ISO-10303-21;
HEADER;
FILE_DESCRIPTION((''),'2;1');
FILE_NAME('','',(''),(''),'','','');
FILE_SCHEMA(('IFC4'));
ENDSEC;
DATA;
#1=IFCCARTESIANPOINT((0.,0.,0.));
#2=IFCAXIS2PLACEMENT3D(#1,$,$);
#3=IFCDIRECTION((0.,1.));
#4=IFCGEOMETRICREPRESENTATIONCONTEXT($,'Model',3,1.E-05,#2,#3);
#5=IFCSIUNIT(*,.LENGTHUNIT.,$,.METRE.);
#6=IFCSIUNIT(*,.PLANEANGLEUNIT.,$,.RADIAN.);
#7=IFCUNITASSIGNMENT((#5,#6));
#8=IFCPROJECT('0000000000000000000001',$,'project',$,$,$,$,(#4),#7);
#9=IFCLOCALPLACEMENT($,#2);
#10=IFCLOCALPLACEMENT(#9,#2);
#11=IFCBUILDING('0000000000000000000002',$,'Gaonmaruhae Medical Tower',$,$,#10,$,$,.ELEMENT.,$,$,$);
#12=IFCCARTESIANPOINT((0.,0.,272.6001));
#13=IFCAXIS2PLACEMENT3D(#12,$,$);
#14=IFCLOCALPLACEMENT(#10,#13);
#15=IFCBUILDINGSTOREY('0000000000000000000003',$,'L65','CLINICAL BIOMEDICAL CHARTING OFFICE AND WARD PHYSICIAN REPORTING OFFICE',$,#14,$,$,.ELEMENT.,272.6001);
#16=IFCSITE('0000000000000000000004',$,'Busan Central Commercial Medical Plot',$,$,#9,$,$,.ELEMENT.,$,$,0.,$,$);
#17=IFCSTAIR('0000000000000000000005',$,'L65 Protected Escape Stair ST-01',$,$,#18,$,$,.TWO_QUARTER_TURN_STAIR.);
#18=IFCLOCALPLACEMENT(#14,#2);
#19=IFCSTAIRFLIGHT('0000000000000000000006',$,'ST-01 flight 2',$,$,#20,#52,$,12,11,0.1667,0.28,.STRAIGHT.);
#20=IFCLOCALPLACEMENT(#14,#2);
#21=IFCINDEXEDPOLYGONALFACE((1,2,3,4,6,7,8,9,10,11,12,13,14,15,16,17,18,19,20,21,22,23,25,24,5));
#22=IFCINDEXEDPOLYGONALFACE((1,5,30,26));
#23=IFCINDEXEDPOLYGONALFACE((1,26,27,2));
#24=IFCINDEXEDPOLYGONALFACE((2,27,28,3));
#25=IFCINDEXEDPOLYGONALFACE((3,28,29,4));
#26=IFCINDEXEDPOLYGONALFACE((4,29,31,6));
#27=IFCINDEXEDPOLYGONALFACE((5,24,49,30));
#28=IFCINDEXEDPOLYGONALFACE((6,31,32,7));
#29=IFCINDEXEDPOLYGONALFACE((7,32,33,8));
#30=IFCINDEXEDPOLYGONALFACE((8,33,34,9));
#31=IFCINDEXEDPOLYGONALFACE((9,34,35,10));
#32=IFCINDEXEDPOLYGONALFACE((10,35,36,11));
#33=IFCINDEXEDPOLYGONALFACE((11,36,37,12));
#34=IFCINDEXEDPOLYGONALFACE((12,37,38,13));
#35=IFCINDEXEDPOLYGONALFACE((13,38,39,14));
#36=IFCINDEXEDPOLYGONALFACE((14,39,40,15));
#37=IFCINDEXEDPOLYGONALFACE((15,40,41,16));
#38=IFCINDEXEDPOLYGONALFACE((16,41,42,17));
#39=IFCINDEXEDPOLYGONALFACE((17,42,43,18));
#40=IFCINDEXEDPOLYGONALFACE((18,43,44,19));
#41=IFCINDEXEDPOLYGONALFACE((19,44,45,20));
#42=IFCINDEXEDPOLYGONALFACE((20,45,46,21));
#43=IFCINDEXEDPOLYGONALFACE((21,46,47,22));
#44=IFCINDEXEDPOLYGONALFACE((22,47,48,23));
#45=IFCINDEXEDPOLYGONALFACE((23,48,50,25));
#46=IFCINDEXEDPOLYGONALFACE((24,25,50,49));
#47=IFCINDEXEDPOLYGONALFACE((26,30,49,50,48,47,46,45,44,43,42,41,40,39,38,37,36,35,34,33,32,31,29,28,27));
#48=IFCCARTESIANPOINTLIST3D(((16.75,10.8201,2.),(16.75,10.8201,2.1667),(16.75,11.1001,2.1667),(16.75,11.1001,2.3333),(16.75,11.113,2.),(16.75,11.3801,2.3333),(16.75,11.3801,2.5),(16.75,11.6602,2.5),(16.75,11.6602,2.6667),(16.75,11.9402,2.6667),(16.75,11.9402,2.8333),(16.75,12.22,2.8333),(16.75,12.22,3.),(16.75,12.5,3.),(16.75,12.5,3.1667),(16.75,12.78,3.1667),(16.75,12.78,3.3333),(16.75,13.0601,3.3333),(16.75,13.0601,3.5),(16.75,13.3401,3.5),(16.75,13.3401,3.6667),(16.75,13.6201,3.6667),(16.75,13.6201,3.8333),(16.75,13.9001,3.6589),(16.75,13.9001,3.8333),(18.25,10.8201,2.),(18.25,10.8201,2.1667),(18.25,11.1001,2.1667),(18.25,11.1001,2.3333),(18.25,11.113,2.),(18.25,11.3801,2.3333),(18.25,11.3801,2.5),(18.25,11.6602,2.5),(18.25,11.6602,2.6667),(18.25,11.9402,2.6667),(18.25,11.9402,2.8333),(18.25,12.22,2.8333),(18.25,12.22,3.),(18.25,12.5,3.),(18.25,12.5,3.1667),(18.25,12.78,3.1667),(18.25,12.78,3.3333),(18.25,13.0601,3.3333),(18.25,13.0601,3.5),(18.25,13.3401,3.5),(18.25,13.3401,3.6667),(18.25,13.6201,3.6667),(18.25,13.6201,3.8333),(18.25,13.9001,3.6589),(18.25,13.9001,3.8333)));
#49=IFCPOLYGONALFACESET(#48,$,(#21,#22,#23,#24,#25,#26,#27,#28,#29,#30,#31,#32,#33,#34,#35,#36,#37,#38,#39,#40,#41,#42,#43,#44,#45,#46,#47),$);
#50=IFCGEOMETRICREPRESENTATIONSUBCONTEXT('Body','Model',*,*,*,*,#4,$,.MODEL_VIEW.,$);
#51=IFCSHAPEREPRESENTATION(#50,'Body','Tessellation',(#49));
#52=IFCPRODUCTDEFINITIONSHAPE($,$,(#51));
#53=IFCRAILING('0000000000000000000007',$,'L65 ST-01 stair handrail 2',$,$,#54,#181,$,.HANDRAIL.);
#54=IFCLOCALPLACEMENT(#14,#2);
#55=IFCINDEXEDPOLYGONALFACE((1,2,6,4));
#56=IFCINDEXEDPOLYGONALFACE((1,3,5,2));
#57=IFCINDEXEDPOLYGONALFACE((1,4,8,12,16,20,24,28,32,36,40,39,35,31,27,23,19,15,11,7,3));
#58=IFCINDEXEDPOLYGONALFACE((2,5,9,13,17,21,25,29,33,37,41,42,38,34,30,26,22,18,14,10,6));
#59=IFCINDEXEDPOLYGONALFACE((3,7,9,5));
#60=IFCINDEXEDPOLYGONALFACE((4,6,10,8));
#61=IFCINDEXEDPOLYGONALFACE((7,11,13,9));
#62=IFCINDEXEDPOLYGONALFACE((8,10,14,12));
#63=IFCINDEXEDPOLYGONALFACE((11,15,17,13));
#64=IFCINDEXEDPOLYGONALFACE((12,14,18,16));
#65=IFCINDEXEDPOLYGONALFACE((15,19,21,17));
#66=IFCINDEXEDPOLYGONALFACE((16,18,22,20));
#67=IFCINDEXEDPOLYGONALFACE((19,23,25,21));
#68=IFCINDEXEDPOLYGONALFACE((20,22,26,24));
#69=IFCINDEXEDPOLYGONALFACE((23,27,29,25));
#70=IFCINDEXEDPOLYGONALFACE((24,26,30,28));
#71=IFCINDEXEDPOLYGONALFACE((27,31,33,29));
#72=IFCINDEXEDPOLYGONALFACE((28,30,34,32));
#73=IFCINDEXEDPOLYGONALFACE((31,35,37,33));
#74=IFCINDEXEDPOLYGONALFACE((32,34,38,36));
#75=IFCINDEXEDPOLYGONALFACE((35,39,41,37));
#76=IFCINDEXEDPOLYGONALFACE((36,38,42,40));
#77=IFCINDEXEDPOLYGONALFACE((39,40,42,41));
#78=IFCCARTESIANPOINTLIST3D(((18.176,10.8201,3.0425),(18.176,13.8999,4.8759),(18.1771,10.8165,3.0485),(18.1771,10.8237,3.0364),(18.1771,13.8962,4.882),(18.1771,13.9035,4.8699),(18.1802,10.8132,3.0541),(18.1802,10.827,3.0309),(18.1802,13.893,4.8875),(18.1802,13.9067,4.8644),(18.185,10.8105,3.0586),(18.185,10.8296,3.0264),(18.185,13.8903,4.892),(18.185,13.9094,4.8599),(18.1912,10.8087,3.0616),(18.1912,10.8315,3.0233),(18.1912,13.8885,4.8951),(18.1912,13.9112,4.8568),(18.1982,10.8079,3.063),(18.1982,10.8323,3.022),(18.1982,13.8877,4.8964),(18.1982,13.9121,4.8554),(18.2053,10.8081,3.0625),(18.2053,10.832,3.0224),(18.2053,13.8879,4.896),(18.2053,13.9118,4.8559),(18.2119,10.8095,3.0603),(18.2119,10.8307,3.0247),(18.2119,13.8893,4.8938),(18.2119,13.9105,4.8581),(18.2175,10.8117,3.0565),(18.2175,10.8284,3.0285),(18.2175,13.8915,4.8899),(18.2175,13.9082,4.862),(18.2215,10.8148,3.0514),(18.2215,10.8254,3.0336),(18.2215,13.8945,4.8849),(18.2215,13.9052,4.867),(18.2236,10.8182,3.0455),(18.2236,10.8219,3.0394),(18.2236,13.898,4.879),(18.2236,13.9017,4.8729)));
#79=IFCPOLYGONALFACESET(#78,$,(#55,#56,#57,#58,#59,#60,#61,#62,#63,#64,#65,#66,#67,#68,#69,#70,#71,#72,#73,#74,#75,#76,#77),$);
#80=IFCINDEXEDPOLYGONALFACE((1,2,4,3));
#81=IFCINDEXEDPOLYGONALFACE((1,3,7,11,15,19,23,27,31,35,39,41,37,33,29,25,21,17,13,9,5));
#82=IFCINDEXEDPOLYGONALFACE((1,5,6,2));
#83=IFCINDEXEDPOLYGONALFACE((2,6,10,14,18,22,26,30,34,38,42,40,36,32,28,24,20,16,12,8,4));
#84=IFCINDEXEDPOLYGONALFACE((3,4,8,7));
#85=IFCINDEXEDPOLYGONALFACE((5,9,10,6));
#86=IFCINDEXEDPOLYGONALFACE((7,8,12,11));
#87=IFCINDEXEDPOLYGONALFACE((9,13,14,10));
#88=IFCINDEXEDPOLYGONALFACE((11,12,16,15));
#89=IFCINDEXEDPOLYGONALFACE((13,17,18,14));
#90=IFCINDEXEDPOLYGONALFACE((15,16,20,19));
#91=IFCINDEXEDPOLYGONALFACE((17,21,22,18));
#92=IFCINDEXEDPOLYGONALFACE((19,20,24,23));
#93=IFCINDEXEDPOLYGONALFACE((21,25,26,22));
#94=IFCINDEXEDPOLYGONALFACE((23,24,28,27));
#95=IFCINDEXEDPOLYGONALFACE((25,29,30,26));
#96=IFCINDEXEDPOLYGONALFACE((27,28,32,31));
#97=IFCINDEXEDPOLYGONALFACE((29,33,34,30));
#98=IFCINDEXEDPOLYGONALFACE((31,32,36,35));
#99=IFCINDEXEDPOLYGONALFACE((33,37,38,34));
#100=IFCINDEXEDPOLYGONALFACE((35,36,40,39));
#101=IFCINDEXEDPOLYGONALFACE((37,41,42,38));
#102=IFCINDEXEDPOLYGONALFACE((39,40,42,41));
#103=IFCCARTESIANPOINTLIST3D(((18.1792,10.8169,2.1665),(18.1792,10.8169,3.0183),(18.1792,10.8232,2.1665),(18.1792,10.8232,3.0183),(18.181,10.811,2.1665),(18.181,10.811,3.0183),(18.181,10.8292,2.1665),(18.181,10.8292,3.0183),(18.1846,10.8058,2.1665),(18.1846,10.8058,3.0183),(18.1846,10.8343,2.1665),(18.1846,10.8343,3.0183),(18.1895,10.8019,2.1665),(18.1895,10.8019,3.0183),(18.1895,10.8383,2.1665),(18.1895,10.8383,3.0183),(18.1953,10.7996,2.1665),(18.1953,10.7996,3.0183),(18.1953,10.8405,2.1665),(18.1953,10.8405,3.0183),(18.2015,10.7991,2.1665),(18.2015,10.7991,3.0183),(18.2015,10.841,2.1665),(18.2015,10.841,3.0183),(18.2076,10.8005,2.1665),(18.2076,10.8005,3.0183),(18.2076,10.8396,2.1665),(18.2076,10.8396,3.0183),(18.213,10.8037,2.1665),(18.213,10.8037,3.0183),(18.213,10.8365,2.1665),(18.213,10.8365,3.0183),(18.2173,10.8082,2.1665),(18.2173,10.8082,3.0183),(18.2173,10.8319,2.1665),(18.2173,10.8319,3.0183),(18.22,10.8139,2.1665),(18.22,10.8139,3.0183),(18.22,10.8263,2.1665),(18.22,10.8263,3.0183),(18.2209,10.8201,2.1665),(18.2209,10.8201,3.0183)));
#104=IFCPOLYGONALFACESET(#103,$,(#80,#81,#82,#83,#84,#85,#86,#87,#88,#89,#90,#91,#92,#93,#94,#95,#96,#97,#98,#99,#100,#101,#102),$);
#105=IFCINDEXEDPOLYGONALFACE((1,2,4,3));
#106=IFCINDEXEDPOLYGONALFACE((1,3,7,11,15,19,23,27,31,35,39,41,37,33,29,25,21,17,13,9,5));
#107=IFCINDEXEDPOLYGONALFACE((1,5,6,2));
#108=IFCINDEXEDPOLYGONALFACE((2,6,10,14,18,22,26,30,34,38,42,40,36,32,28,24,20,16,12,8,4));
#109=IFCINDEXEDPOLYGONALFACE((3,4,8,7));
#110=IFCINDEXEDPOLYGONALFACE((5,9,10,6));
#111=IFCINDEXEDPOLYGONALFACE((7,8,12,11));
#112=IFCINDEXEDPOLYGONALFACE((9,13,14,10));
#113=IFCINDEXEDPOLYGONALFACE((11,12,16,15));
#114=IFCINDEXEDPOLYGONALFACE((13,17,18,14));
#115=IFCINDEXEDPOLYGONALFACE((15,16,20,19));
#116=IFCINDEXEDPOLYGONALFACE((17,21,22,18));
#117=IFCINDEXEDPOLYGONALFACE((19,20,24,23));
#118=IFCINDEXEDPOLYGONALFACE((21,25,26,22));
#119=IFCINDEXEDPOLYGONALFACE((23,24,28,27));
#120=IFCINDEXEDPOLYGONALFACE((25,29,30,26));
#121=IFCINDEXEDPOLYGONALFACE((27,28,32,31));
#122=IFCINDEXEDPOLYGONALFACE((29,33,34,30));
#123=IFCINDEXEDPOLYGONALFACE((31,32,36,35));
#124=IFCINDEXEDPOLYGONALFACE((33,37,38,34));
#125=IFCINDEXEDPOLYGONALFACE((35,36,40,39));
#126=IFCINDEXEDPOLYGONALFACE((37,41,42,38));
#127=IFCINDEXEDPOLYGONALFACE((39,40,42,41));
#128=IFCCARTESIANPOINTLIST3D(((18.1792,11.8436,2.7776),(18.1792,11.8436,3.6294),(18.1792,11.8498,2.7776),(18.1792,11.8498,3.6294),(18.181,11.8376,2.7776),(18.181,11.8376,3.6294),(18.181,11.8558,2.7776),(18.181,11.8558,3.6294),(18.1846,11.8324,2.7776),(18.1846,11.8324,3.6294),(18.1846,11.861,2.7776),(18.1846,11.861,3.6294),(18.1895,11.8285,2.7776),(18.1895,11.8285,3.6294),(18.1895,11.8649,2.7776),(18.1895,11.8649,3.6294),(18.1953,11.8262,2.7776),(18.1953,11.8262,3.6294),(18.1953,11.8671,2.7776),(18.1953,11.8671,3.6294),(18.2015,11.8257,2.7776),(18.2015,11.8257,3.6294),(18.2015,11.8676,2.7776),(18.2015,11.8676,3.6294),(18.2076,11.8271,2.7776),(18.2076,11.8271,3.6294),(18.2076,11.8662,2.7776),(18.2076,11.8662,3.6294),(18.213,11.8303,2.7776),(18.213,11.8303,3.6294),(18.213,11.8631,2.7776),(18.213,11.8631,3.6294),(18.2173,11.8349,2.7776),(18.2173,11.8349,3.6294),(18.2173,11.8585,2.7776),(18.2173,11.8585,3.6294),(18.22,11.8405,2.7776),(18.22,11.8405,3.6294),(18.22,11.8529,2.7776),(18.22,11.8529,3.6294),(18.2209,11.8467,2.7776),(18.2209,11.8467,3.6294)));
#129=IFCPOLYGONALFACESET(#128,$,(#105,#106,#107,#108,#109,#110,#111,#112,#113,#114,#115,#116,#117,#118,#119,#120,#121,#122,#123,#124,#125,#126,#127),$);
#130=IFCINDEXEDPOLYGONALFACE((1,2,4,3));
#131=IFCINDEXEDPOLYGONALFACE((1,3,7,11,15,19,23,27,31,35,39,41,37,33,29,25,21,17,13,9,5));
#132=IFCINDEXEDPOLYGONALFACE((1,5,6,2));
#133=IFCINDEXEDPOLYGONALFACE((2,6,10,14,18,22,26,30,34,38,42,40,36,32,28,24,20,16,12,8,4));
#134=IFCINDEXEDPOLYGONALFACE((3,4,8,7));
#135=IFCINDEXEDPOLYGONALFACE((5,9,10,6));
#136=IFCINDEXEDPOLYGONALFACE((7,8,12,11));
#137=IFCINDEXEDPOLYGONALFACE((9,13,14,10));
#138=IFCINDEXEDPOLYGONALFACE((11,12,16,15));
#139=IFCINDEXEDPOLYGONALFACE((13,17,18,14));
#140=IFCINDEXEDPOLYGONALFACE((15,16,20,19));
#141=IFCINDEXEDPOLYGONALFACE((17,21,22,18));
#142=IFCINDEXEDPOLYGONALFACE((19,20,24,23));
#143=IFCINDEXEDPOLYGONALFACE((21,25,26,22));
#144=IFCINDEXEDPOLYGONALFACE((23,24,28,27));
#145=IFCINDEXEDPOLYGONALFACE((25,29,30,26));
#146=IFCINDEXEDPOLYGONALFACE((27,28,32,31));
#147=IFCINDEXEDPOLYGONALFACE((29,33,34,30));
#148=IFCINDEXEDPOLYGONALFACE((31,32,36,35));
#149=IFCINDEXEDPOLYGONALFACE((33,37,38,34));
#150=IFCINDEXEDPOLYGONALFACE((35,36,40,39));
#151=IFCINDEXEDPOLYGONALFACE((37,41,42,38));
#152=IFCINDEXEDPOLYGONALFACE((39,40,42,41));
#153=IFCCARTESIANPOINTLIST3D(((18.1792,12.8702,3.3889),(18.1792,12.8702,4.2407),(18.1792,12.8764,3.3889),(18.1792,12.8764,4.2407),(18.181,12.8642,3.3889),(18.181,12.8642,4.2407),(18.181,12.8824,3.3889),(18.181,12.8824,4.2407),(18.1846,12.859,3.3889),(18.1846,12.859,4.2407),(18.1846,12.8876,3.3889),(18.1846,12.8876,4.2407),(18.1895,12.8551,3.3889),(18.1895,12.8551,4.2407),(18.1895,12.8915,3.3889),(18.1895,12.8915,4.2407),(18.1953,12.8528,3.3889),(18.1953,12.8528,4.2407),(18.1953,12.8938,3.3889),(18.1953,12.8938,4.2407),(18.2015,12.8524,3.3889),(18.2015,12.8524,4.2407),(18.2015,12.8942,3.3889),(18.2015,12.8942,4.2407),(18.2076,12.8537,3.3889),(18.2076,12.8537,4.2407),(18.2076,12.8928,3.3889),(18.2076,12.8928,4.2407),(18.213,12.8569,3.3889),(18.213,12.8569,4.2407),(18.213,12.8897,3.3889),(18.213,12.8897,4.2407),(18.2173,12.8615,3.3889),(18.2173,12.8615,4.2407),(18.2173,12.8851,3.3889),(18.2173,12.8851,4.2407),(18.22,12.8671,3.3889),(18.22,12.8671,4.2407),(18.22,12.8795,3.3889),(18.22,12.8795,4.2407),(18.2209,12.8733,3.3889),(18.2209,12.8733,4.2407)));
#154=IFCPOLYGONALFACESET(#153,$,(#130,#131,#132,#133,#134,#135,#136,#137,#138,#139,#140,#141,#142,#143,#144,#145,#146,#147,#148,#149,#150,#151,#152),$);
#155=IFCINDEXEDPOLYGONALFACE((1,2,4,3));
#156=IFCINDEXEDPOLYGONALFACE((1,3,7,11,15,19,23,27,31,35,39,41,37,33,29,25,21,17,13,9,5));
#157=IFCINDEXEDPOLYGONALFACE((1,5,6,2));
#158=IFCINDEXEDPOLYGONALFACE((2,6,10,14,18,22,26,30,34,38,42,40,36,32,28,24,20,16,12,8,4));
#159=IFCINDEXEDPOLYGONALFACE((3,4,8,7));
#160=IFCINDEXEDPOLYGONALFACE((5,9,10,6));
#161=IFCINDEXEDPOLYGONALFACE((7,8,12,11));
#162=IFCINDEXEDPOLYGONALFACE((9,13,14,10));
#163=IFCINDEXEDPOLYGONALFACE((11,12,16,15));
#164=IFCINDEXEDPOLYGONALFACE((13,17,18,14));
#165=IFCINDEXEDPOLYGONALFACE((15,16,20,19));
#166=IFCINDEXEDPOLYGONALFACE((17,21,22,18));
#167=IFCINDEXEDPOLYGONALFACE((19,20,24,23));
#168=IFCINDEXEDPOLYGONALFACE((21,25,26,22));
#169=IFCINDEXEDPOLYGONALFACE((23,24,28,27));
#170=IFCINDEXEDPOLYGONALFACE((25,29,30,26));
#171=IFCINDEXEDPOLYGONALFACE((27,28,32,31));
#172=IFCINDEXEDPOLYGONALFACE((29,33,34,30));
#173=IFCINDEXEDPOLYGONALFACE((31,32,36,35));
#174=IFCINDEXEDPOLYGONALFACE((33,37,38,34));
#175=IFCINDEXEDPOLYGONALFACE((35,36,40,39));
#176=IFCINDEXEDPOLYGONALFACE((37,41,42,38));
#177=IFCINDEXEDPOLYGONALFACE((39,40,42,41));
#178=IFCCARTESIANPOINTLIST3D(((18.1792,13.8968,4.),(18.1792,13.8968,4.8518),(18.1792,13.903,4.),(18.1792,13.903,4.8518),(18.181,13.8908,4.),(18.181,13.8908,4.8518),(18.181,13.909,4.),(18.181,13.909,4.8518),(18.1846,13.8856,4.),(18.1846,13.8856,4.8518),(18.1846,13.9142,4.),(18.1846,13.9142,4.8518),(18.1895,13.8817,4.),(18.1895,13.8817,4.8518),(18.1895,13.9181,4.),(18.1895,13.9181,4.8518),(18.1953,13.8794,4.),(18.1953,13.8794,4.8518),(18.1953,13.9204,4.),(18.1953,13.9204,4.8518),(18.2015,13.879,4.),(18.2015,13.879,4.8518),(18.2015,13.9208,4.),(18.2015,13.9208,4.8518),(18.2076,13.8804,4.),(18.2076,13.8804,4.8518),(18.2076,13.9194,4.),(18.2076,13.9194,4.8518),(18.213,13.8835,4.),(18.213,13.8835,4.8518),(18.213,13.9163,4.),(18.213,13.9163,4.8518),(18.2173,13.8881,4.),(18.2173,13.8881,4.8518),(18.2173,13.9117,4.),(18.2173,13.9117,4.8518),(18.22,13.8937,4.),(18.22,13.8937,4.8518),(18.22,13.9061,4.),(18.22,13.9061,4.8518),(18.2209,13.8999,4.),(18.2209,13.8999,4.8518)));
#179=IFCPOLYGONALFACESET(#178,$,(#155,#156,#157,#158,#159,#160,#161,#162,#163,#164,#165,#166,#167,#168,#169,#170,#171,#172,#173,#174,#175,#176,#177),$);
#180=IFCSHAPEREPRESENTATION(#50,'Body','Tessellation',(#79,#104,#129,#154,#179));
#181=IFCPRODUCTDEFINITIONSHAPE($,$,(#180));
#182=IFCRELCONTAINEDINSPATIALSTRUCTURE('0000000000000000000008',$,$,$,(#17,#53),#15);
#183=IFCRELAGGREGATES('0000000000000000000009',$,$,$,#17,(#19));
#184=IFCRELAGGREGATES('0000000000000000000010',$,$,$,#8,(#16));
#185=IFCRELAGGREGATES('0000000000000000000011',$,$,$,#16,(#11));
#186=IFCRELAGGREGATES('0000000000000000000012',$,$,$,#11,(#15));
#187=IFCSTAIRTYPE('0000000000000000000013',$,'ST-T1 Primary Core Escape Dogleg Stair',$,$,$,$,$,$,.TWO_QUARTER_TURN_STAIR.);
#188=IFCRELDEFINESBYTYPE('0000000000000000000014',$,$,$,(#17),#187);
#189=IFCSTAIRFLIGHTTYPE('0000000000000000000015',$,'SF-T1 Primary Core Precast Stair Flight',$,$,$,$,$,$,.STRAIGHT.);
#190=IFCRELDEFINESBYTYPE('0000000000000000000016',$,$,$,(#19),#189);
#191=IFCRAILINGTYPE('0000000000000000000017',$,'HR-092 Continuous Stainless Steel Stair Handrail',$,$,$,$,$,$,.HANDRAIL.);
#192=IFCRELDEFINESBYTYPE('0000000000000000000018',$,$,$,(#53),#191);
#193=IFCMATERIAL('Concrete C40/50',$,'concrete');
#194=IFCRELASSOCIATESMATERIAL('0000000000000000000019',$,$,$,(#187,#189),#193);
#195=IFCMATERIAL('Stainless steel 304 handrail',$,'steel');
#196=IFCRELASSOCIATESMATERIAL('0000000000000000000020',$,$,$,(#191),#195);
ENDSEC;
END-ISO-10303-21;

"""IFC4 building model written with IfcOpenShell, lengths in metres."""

from ifc_helpers import new_model, si_unit, direction, frame, origin, origin_2d, place, context, subcontext, project, spatial, polyline, circle, outline, extrude, material, type_object, element, aggregate, save


model = new_model("IFC4")

# Units and contexts
model_context = context("Model", 3, precision=1e-05, world=origin(), true_north=direction((0.0, 1.0)))
body_context = subcontext(model_context, "Body", "Model", "MODEL_VIEW")
ifc_project = project(units=[si_unit("LENGTHUNIT", "METRE"), si_unit("PLANEANGLEUNIT", "RADIAN")], contexts=[model_context])

# Site, building, storey
site_placement = place(None, origin())
site = spatial("IfcSite", under=ifc_project, at=site_placement, Name="Busan Central Commercial Medical Plot", CompositionType="ELEMENT", RefElevation=0.0)
building_placement = place(site_placement, origin())
building = spatial("IfcBuilding", under=site, at=building_placement, Name="Gaonmaruhae Medical Tower", CompositionType="ELEMENT")
storey_placement = place(building_placement, frame((0.0, 0.0, 272.6001)))
storey = spatial("IfcBuildingStorey", under=building, at=storey_placement, Name="L65", Description="CLINICAL BIOMEDICAL CHARTING OFFICE AND WARD PHYSICIAN REPORTING OFFICE", CompositionType="ELEMENT", Elevation=272.6001)

# Stair, stair flight
ifc_material_1 = material(Name="Concrete C40/50", Category="concrete")
stair_type = type_object("IfcStairType", Name="ST-T1 Primary Core Escape Dogleg Stair", PredefinedType="TWO_QUARTER_TURN_STAIR", material=ifc_material_1)
stair_placement = place(storey_placement, origin())
stair = element("IfcStair", 1, at=stair_placement, inside=storey, type_object=stair_type, Name="L65 Protected Escape Stair ST-01", PredefinedType="TWO_QUARTER_TURN_STAIR")
stair_flight_type = type_object("IfcStairFlightType", Name="SF-T1 Primary Core Precast Stair Flight", PredefinedType="STRAIGHT", material=ifc_material_1)
stair_flight_placement = place(storey_placement, frame((17.5, 10.8201, 2.0), z_axis=(0.0, 0.0, 1.0), x_axis=(0.0, 1.0, 0.0)))
stair_flight = element("IfcStairFlight", 2, at=stair_flight_placement, type_object=stair_flight_type, Name="ST-01 flight 2", NumberOfRisers=12, NumberOfTreads=11, PredefinedType="STRAIGHT", RiserHeight=0.1667, TreadLength=0.28, context=body_context, shape_type="SweptSolid", body=[
    extrude(outline(polyline([(0.0, 0.0), (0.0, 0.1667), (0.28, 0.1667), (0.28, 0.3333), (0.5601, 0.3333), (0.5601, 0.5), (0.8401, 0.5), (0.8401, 0.6667), (1.1201, 0.6667), (1.1201, 0.8333), (1.3999, 0.8333), (1.3999, 1.0), (1.6799, 1.0), (1.6799, 1.1667), (1.96, 1.1667), (1.96, 1.3333), (2.24, 1.3333), (2.24, 1.5), (2.52, 1.5), (2.52, 1.6667), (2.8, 1.6667), (2.8, 1.8333), (3.0801, 1.8333), (3.0801, 2.0), (3.0801, 1.6589), (0.293, 0.0), (0.0, 0.0)])), frame((0.0, 0.75, 0.0), z_axis=(0.0, -1.0, 0.0), x_axis=(1.0, 0.0, 0.0)), (0.0, 0.0, 1.0), 1.5),
])
aggregate(stair, [stair_flight])

# Railing
ifc_material_2 = material(Name="Stainless steel 304 handrail", Category="steel")
railing_type_1 = type_object("IfcRailingType", Name="HR-092 Continuous Stainless Steel Stair Handrail", PredefinedType="HANDRAIL", material=ifc_material_2)
railing_1_placement = place(storey_placement, frame((18.2, 10.8201, 2.1665)))
element("IfcRailing", 3, at=railing_1_placement, inside=storey, type_object=railing_type_1, Name="L65 ST-01 stair handrail 2", PredefinedType="HANDRAIL", context=body_context, shape_type="SweptSolid", body=[
    extrude(circle(Radius=0.0239, at=origin_2d()), frame((0.0, 0.0, 0.876), z_axis=(0.0, 0.859261, 0.511538), x_axis=(-1.0, 0.0, 0.0)), (0.0, 0.0, 1.0), 3.5842),
    extrude(circle(Radius=0.021, at=origin_2d()), origin(), (0.0, 0.0, 1.0), 0.8518),
    extrude(circle(Radius=0.021, at=origin_2d()), frame((0.0, 1.0266, 0.6111)), (0.0, 0.0, 1.0), 0.8518),
    extrude(circle(Radius=0.021, at=origin_2d()), frame((0.0, 2.0532, 1.2224)), (0.0, 0.0, 1.0), 0.8518),
    extrude(circle(Radius=0.021, at=origin_2d()), frame((0.0, 3.0798, 1.8335)), (0.0, 0.0, 1.0), 0.8518),
])

save(model, "model.ifc")
